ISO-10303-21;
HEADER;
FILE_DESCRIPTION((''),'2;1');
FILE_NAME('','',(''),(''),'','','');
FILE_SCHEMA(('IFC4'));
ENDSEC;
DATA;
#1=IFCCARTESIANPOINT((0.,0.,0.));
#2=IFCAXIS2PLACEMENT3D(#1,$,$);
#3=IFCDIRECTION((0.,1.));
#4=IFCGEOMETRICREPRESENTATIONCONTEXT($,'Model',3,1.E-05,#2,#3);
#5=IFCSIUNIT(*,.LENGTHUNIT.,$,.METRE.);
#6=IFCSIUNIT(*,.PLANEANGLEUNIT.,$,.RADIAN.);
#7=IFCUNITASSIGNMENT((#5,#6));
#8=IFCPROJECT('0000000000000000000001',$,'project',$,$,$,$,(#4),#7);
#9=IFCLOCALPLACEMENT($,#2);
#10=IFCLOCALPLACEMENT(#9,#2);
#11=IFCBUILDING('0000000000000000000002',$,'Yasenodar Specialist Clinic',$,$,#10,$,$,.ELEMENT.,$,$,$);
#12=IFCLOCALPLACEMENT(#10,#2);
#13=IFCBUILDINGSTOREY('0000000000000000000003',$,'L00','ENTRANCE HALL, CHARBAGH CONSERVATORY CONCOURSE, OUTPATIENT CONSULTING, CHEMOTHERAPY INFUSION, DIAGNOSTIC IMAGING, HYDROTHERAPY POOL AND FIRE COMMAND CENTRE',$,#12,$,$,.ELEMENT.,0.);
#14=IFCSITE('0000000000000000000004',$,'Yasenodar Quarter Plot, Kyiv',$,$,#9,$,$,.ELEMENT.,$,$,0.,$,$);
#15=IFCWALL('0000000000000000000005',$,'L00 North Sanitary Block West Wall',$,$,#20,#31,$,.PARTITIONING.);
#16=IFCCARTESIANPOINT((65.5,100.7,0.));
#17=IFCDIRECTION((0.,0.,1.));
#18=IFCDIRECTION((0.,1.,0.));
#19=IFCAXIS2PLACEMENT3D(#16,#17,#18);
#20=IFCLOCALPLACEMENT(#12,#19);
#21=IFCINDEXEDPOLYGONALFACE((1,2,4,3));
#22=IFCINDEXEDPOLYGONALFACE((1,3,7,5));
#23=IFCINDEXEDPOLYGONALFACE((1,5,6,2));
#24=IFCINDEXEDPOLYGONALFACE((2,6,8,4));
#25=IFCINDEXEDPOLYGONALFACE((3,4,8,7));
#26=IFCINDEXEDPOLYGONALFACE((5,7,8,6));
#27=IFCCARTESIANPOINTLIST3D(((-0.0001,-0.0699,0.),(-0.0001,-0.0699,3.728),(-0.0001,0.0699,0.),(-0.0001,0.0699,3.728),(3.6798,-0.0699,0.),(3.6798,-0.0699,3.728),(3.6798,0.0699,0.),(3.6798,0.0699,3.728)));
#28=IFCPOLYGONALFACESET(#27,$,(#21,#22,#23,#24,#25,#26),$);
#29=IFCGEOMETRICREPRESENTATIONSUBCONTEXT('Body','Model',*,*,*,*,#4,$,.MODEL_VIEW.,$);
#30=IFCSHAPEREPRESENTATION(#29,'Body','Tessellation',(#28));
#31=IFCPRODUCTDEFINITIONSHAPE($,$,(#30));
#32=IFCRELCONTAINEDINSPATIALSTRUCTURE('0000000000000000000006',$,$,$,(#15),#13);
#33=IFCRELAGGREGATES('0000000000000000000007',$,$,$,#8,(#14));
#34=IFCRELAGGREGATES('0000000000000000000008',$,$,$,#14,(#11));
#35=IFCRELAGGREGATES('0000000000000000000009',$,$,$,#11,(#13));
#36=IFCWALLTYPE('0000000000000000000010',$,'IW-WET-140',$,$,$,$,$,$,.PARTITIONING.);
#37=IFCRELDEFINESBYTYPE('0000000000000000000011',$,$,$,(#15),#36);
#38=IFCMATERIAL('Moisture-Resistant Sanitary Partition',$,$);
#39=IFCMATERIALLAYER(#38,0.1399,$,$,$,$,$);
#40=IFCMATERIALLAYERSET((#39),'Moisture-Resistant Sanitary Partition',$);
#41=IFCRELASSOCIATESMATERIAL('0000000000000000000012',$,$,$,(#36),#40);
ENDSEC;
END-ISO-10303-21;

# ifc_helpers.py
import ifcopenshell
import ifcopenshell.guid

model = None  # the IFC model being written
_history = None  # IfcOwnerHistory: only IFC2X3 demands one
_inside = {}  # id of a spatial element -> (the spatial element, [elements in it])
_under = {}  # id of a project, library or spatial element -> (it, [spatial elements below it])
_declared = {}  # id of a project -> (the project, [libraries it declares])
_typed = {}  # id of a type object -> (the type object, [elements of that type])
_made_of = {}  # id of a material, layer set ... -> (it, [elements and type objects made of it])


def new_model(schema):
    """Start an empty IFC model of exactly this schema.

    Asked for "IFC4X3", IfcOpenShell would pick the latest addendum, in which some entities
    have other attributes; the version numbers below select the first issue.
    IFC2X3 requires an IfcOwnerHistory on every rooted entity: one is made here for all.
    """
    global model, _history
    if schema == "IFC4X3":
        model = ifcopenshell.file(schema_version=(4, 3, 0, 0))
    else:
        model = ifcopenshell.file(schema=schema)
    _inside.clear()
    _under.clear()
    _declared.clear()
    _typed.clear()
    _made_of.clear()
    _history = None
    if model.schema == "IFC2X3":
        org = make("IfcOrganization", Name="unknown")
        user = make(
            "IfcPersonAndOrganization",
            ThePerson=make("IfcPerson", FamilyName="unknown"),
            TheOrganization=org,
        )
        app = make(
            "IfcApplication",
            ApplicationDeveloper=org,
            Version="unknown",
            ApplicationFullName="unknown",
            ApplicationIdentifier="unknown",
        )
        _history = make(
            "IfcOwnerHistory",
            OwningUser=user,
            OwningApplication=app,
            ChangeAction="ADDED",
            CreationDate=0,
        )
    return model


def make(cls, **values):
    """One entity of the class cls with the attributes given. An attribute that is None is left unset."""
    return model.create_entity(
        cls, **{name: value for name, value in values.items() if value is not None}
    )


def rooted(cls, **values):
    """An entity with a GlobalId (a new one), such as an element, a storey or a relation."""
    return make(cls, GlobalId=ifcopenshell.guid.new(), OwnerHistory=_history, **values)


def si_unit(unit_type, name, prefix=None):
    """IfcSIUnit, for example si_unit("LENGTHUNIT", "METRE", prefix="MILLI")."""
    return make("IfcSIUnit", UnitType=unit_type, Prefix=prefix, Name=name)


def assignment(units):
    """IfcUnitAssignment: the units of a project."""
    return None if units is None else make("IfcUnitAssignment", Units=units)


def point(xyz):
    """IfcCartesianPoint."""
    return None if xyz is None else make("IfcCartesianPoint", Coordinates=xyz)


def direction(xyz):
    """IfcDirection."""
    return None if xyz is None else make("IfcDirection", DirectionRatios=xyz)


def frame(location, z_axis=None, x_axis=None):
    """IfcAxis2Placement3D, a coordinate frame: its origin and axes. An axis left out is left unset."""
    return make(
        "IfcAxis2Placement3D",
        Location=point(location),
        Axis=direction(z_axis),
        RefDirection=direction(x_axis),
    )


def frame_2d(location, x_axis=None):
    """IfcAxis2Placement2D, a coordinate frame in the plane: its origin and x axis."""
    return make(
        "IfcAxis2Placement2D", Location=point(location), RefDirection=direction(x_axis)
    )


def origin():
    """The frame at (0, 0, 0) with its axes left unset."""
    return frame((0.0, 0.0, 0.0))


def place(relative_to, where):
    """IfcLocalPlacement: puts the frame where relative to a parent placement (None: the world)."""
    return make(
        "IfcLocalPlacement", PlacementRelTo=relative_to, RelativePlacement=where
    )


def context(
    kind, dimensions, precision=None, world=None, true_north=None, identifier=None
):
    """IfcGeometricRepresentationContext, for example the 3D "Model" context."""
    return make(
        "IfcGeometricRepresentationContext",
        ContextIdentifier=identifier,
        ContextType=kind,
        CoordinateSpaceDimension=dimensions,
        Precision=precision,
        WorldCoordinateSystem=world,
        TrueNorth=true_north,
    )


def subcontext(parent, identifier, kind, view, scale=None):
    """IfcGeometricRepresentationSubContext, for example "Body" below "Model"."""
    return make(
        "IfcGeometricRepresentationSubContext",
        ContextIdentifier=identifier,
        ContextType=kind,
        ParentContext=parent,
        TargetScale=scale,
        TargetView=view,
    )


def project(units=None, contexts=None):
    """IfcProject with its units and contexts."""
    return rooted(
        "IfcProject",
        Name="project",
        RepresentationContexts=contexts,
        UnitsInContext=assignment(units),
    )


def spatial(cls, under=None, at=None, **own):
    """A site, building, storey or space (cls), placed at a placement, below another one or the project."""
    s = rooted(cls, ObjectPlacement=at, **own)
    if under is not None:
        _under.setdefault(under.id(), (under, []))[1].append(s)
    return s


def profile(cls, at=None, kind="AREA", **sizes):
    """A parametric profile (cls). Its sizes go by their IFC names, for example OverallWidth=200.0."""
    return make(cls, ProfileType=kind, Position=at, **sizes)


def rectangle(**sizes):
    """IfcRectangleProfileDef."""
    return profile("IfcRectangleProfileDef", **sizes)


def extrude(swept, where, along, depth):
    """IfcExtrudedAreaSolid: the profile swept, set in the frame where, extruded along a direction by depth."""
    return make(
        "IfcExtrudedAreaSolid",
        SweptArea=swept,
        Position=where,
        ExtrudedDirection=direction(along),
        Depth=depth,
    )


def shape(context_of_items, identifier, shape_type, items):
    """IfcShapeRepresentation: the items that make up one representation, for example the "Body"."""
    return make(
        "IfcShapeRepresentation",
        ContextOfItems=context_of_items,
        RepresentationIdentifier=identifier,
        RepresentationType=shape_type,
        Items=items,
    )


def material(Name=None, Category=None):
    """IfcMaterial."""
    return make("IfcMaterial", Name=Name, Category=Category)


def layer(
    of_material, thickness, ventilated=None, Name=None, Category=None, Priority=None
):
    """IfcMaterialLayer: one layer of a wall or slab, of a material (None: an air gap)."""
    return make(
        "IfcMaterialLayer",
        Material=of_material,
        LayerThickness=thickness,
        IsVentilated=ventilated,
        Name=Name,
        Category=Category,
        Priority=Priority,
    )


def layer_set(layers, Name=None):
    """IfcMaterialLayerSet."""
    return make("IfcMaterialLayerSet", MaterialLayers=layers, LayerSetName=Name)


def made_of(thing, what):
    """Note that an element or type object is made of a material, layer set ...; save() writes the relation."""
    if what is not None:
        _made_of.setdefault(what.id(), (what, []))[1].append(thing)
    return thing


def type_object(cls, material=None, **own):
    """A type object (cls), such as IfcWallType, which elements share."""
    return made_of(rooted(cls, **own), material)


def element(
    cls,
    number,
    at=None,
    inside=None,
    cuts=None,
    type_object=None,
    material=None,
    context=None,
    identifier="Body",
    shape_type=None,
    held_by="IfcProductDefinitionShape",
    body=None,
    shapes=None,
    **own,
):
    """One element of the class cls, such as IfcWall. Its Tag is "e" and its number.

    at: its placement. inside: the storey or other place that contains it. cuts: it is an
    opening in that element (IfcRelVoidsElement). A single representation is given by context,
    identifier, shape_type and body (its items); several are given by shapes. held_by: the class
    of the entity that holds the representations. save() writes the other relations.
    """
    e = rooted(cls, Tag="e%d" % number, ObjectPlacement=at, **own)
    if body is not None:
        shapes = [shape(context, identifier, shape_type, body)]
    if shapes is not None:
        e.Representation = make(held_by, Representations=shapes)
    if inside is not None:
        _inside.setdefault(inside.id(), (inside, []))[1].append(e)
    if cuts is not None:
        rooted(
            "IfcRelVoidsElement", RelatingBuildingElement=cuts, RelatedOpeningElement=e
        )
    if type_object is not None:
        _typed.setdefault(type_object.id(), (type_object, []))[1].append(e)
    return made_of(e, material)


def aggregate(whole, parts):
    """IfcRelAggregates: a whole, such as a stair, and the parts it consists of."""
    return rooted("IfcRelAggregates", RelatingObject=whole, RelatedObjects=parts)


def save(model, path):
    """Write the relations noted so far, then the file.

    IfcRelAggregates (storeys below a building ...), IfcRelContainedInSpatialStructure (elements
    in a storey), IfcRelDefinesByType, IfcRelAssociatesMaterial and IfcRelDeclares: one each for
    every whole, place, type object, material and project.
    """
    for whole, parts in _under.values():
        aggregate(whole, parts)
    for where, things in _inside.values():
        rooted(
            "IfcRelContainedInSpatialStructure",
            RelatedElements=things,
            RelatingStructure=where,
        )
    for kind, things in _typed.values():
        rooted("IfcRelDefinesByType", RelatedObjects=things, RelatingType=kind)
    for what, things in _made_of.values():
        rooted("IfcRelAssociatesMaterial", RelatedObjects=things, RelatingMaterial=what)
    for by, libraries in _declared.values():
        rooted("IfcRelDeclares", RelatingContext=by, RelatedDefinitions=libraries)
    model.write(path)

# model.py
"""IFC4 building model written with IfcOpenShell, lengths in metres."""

from ifc_helpers import new_model, si_unit, direction, frame, frame_2d, origin, place, context, subcontext, project, spatial, rectangle, extrude, material, layer, layer_set, type_object, element, save


model = new_model("IFC4")

# Units and contexts
model_context = context("Model", 3, precision=1e-05, world=origin(), true_north=direction((0.0, 1.0)))
body_context = subcontext(model_context, "Body", "Model", "MODEL_VIEW")
ifc_project = project(units=[si_unit("LENGTHUNIT", "METRE"), si_unit("PLANEANGLEUNIT", "RADIAN")], contexts=[model_context])

# Site, building, storey
site_placement = place(None, origin())
site = spatial("IfcSite", under=ifc_project, at=site_placement, Name="Yasenodar Quarter Plot, Kyiv", CompositionType="ELEMENT", RefElevation=0.0)
building_placement = place(site_placement, origin())
building = spatial("IfcBuilding", under=site, at=building_placement, Name="Yasenodar Specialist Clinic", CompositionType="ELEMENT")
storey_placement = place(building_placement, origin())
storey = spatial("IfcBuildingStorey", under=building, at=storey_placement, Name="L00", Description="ENTRANCE HALL, CHARBAGH CONSERVATORY CONCOURSE, OUTPATIENT CONSULTING, CHEMOTHERAPY INFUSION, DIAGNOSTIC IMAGING, HYDROTHERAPY POOL AND FIRE COMMAND CENTRE", CompositionType="ELEMENT", Elevation=0.0)

# Wall
ifc_material_1 = material(Name="Moisture-Resistant Sanitary Partition")
ifc_layer_1 = layer(ifc_material_1, 0.1399)
ifc_layer_set_1 = layer_set([ifc_layer_1], Name="Moisture-Resistant Sanitary Partition")
wall_type_1 = type_object("IfcWallType", Name="IW-WET-140", PredefinedType="PARTITIONING", material=ifc_layer_set_1)
wall_1_placement = place(storey_placement, frame((65.5, 100.7, 0.0), z_axis=(0.0, 0.0, 1.0), x_axis=(0.0, 1.0, 0.0)))
element("IfcWall", 1, at=wall_1_placement, inside=storey, type_object=wall_type_1, Name="L00 North Sanitary Block West Wall", PredefinedType="PARTITIONING", context=body_context, shape_type="SweptSolid", body=[
    extrude(rectangle(XDim=3.6799, YDim=0.1399, at=frame_2d((1.8398, 0.0))), origin(), (0.0, 0.0, 1.0), 3.728),
])

save(model, "model.ifc")
